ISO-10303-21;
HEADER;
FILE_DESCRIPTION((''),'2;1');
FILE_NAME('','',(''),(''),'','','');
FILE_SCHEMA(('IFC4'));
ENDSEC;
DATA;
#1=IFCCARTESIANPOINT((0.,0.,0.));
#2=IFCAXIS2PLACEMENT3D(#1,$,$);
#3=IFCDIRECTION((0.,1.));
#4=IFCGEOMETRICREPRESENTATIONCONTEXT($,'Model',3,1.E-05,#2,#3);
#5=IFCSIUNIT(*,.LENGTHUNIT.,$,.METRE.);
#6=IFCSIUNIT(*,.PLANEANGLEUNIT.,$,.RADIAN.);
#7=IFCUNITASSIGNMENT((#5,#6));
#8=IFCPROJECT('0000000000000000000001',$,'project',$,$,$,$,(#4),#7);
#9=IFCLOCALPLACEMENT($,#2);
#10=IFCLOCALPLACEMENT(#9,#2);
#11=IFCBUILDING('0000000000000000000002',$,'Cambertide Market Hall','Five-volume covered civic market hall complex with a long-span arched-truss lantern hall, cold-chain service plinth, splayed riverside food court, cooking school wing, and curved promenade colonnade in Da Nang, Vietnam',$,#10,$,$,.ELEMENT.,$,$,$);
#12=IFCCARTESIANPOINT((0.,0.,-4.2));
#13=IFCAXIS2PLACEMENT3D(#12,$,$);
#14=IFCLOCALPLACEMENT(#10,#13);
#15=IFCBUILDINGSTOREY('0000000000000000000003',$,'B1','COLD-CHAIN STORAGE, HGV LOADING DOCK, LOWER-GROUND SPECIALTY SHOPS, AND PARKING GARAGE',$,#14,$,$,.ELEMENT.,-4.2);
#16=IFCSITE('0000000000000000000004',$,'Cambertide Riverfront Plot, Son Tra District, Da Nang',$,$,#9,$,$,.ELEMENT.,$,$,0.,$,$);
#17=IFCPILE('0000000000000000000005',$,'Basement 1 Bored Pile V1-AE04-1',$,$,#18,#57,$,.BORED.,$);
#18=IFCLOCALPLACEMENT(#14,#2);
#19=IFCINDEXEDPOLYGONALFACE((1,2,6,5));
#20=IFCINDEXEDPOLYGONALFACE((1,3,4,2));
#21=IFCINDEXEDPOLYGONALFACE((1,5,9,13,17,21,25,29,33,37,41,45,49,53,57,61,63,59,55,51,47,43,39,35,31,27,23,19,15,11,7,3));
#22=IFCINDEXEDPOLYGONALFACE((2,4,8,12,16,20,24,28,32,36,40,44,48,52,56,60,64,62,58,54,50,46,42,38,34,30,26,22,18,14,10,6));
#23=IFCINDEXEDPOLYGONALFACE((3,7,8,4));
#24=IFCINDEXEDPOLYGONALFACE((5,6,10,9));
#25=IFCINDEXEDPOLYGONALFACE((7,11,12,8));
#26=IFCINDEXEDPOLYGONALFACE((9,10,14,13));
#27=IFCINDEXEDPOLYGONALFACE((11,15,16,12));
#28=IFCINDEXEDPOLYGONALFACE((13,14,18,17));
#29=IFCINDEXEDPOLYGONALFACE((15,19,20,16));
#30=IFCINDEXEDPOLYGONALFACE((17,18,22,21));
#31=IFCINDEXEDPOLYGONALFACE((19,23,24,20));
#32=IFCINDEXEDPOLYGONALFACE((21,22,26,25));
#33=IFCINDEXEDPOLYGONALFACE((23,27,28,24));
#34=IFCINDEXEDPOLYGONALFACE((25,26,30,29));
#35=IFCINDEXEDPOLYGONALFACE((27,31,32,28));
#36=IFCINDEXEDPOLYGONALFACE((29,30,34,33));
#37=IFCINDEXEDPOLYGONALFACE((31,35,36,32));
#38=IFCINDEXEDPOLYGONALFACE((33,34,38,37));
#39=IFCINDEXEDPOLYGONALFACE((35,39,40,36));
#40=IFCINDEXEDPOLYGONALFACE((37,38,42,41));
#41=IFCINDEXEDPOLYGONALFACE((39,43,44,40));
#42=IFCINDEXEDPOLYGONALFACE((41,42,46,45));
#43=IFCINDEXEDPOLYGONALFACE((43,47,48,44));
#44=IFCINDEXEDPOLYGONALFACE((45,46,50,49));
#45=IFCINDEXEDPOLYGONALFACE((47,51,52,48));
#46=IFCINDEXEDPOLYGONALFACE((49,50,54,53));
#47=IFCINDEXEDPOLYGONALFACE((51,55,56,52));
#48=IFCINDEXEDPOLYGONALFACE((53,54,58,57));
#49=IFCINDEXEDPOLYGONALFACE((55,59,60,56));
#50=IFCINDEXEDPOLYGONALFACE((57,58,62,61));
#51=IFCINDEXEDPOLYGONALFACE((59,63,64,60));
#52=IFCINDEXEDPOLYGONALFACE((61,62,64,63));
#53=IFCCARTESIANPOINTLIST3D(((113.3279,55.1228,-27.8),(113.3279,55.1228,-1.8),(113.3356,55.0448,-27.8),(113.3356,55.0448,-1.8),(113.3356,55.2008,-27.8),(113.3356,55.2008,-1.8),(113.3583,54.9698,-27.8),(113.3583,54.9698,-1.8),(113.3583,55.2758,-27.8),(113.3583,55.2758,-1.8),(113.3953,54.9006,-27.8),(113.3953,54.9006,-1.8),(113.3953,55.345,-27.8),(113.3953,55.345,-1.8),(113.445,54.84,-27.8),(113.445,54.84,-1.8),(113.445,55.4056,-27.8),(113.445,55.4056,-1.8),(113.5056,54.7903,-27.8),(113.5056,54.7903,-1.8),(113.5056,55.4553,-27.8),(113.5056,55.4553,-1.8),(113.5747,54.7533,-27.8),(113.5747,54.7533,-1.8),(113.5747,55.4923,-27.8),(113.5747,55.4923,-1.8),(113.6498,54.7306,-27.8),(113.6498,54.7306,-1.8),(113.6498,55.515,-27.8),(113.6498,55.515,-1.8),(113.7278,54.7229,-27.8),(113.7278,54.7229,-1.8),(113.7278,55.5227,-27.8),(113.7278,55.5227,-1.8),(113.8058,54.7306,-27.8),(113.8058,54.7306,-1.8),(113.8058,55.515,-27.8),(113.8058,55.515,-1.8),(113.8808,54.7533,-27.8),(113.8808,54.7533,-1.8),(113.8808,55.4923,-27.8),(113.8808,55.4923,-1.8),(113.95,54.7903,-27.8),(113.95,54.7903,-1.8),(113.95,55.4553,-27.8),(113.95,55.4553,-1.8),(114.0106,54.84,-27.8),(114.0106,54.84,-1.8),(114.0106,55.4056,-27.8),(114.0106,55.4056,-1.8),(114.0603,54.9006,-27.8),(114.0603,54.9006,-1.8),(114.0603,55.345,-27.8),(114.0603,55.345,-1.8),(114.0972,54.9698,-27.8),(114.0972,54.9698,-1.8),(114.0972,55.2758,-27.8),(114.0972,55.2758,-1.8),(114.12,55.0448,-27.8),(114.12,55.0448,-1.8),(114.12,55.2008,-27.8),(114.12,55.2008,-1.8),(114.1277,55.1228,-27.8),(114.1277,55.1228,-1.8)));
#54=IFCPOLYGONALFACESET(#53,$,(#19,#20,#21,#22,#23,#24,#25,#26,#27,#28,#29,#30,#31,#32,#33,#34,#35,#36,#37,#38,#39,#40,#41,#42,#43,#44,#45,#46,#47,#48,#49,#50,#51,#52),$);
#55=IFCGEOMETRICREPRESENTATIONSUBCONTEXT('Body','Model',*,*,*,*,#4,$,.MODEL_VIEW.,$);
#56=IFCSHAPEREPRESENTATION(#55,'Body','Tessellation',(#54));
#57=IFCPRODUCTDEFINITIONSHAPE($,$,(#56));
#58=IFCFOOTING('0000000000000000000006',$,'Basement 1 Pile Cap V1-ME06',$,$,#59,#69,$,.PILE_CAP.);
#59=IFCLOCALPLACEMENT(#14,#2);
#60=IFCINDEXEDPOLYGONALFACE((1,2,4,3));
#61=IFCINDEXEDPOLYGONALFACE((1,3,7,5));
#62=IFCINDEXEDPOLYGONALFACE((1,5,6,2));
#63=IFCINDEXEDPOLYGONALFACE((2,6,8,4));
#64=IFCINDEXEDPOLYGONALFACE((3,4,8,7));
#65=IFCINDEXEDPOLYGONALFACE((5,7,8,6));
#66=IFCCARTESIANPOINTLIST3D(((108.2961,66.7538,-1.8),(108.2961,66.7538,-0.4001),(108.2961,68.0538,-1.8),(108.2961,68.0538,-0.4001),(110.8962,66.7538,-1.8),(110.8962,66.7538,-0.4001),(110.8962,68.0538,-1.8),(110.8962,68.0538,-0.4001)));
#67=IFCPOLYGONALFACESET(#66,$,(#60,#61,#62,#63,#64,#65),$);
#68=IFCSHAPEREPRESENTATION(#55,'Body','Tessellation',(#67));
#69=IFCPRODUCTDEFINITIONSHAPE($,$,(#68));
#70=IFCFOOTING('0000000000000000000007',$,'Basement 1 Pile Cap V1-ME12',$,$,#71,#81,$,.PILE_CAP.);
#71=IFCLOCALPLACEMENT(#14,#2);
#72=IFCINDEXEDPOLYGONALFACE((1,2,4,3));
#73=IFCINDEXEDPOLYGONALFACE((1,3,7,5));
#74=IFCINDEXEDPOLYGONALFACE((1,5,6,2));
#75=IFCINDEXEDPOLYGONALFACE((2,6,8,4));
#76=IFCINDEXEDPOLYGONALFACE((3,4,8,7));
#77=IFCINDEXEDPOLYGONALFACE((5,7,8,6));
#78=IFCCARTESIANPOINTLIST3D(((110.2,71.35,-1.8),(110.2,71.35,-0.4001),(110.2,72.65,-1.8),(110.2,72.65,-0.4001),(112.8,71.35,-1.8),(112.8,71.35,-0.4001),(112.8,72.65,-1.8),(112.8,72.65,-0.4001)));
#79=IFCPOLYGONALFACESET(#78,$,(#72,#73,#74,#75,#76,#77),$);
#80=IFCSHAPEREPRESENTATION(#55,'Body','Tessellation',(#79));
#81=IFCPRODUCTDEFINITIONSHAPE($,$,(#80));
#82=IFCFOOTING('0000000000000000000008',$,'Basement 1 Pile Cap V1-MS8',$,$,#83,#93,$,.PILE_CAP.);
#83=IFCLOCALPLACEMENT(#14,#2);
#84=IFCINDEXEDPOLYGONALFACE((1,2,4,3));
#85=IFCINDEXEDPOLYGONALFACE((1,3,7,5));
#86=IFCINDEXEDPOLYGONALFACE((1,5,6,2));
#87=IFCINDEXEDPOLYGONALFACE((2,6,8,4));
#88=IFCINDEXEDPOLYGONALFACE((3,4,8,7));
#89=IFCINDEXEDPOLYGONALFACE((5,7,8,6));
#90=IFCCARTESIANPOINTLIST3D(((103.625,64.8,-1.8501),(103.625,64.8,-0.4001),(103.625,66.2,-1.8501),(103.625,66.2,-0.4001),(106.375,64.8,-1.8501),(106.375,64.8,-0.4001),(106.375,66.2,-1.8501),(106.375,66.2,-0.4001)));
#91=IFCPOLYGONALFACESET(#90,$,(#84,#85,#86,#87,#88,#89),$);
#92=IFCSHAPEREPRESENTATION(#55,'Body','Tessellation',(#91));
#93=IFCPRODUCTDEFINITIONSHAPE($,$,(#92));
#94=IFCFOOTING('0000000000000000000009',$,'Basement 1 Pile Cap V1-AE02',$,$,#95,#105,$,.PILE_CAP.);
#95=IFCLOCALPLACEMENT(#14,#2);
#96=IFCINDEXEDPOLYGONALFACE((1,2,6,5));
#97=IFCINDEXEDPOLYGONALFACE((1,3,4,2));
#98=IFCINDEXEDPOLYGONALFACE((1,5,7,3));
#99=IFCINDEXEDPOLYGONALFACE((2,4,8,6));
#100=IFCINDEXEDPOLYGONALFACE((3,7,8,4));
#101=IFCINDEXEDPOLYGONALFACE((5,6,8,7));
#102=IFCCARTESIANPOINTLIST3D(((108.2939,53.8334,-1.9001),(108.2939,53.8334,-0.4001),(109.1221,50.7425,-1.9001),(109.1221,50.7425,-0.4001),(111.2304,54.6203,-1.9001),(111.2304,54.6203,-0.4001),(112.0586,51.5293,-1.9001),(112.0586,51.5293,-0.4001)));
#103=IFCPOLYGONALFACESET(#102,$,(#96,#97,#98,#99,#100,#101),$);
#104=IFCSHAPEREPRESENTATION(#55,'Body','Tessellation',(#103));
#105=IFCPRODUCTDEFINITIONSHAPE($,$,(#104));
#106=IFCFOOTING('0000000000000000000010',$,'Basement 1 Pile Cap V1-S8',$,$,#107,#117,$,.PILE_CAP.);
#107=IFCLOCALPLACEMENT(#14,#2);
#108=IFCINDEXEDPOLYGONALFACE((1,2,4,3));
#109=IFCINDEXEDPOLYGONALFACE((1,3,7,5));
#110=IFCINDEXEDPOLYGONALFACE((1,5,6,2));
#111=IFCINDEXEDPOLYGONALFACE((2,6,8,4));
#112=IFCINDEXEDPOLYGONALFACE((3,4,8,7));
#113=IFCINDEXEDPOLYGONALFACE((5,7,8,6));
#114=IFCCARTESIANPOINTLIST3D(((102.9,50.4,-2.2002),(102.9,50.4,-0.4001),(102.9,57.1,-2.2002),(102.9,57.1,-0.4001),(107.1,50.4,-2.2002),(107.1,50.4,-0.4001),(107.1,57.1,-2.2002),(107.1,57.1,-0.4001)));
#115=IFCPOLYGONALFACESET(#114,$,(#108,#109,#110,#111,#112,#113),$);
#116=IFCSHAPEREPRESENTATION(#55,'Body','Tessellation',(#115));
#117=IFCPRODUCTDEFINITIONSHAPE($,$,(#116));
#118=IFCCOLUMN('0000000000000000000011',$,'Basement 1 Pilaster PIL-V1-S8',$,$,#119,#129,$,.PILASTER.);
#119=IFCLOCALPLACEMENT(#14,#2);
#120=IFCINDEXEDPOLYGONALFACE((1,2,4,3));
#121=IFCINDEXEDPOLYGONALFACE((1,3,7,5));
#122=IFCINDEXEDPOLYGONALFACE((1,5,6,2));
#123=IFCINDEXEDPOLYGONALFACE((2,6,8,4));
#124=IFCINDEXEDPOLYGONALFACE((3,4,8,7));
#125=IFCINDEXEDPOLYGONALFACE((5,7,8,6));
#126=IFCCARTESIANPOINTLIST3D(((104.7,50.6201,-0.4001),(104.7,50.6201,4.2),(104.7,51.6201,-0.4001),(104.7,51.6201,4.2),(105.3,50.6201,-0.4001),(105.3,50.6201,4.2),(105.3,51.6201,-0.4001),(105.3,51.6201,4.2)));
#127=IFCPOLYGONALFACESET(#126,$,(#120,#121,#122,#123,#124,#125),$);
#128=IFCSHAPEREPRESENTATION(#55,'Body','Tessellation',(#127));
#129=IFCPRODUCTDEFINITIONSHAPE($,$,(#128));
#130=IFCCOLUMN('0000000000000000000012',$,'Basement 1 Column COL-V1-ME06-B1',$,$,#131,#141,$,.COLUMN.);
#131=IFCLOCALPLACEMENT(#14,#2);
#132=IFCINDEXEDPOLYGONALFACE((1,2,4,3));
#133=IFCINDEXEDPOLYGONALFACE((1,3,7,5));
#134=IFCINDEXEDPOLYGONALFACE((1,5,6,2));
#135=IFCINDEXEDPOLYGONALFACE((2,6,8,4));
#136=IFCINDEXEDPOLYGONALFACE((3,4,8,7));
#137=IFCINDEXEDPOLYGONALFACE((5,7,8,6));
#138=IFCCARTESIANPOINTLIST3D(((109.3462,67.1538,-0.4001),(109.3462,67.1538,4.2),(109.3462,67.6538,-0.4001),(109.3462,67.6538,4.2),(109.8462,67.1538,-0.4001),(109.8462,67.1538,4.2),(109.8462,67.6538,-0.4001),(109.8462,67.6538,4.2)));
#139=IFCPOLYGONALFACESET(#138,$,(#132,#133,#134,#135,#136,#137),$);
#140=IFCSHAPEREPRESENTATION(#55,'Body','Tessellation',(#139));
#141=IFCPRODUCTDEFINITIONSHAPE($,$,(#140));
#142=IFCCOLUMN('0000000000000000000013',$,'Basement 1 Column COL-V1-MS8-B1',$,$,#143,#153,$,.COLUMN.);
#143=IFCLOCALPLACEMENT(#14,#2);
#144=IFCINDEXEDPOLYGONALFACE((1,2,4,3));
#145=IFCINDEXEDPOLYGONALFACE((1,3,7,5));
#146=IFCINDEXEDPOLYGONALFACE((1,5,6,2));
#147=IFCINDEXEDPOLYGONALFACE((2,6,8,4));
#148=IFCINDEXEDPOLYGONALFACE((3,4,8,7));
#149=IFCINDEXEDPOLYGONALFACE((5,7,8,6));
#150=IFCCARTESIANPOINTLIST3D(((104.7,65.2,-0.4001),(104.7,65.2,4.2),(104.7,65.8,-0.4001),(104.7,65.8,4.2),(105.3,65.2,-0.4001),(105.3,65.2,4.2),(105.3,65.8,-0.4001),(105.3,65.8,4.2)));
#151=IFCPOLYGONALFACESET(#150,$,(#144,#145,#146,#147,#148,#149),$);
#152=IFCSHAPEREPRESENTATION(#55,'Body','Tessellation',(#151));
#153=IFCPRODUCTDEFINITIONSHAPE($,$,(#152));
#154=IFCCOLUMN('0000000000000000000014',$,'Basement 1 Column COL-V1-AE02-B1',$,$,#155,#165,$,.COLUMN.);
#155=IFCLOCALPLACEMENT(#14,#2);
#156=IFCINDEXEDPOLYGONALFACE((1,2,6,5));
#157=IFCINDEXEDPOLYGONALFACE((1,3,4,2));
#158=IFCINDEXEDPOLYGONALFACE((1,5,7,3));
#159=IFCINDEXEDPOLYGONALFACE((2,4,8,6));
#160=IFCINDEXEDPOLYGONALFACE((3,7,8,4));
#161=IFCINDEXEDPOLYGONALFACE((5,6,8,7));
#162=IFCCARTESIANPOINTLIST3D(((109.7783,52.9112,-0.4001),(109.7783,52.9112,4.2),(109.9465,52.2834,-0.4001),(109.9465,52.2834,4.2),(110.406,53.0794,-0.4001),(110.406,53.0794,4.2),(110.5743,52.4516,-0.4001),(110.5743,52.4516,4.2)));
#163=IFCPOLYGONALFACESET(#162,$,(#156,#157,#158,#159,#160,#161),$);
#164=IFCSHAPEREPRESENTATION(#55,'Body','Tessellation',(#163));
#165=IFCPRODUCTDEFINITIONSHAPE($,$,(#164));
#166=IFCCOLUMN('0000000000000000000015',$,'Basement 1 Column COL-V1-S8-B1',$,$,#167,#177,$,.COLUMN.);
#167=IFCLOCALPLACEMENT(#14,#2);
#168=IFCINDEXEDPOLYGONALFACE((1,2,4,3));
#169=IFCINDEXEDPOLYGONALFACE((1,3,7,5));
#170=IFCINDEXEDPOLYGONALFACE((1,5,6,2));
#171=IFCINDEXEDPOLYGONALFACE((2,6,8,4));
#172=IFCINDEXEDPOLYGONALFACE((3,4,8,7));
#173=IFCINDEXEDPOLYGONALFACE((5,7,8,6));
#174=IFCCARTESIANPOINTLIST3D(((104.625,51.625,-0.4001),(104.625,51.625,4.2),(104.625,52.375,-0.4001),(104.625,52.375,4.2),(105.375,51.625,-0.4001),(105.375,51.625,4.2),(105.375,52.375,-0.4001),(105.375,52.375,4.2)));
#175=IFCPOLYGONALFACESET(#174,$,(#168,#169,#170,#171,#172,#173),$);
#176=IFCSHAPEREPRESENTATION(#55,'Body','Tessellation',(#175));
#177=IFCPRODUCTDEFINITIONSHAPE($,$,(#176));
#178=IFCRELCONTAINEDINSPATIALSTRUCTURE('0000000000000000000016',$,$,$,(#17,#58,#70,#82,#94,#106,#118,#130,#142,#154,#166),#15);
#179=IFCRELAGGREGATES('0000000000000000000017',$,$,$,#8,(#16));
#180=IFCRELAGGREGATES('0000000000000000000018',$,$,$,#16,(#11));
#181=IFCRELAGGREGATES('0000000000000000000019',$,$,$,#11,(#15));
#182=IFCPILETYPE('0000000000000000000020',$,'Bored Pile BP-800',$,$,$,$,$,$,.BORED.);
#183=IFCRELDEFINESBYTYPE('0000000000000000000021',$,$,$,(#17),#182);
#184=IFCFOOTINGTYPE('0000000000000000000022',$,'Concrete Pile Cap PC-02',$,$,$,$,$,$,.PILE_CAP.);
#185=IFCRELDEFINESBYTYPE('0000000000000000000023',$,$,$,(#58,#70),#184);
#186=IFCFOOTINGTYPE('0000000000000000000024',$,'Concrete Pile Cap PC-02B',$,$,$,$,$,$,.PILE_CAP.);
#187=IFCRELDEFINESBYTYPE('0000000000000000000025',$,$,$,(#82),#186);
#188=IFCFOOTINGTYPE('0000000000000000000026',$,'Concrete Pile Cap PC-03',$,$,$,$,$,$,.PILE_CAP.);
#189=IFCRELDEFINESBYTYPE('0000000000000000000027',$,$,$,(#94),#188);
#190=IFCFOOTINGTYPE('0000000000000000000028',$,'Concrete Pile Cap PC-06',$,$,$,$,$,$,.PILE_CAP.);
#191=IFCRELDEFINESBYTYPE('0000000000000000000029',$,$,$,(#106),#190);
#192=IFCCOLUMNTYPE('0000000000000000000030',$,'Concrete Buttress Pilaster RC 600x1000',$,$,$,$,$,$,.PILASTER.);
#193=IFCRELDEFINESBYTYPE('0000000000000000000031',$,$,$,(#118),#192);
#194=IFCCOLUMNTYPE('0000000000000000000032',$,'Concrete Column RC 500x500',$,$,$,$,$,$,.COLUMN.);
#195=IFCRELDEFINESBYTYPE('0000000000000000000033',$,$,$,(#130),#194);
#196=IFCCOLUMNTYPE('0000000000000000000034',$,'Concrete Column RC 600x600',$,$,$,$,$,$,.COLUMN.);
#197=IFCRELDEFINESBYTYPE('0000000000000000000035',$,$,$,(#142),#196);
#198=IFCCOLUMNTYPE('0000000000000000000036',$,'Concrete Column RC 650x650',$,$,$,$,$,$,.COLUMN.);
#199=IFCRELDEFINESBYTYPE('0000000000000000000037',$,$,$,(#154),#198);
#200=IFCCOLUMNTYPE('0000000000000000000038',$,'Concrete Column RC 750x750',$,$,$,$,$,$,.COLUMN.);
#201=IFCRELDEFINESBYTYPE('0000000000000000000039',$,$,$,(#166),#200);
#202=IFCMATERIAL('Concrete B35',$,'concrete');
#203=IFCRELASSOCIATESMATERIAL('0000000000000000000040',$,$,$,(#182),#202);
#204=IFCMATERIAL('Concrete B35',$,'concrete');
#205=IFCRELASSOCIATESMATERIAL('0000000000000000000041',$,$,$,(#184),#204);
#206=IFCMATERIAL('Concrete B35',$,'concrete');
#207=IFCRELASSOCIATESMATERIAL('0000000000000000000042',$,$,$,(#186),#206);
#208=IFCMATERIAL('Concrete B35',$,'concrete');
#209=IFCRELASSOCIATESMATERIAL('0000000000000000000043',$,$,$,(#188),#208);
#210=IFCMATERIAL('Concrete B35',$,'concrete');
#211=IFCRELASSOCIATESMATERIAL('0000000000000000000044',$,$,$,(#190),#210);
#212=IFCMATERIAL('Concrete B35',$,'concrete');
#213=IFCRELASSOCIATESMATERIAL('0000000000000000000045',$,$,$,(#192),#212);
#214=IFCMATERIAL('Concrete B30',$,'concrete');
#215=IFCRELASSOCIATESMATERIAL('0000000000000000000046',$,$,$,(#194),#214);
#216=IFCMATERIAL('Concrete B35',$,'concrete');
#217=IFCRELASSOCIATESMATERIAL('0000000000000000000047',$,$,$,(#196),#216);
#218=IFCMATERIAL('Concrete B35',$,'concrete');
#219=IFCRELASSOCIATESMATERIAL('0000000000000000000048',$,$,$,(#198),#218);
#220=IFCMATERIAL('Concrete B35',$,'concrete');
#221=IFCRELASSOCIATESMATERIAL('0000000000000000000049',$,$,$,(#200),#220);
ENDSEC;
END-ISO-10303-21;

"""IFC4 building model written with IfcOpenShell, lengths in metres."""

from ifc_helpers import new_model, si_unit, direction, frame, origin, origin_2d, place, context, subcontext, project, spatial, rectangle, circle, extrude, material, material_profile, profile_set, type_object, element, save


model = new_model("IFC4")

# Units and contexts
model_context = context("Model", 3, precision=1e-05, world=origin(), true_north=direction((0.0, 1.0)))
body_context = subcontext(model_context, "Body", "Model", "MODEL_VIEW")
ifc_project = project(units=[si_unit("LENGTHUNIT", "METRE"), si_unit("PLANEANGLEUNIT", "RADIAN")], contexts=[model_context])

# Site, building, storey
site_placement = place(None, origin())
site = spatial("IfcSite", under=ifc_project, at=site_placement, Name="Cambertide Riverfront Plot, Son Tra District, Da Nang", CompositionType="ELEMENT", RefElevation=0.0)
building_placement = place(site_placement, origin())
building = spatial("IfcBuilding", under=site, at=building_placement, Name="Cambertide Market Hall", Description="Five-volume covered civic market hall complex with a long-span arched-truss lantern hall, cold-chain service plinth, splayed riverside food court, cooking school wing, and curved promenade colonnade in Da Nang, Vietnam", CompositionType="ELEMENT")
storey_placement = place(building_placement, frame((0.0, 0.0, -4.2)))
storey = spatial("IfcBuildingStorey", under=building, at=storey_placement, Name="B1", Description="COLD-CHAIN STORAGE, HGV LOADING DOCK, LOWER-GROUND SPECIALTY SHOPS, AND PARKING GARAGE", CompositionType="ELEMENT", Elevation=-4.2)

# Pile
ifc_material_1 = material(Name="Concrete B35", Category="concrete")
ifc_material_profile_1 = material_profile(ifc_material_1, circle(Radius=0.3999, at=origin_2d()), Name="BP D800")
ifc_profile_set_1 = profile_set([ifc_material_profile_1], Name="Concrete B35")
pile_type_1 = type_object("IfcPileType", Name="Bored Pile BP-800", PredefinedType="BORED", material=ifc_profile_set_1)
for number, where, z_axis, x_axis, name in (
    (1, (113.7278, 55.1228, -1.8), (0.0, 0.0, -1.0), (1.0, 0.0, 0.0), "Basement 1 Bored Pile V1-AE04-1"),
):
    element("IfcPile", number, at=place(storey_placement, frame(where, z_axis=z_axis, x_axis=x_axis)), inside=storey, type_object=pile_type_1, Name=name, PredefinedType="BORED", context=body_context, shape_type="SweptSolid", body=[
        extrude(circle(Radius=0.3999, at=origin_2d()), origin(), (0.0, 0.0, 1.0), 26.0),
    ])

# Footings
ifc_material_2 = material(Name="Concrete B35", Category="concrete")
footing_type_1 = type_object("IfcFootingType", Name="Concrete Pile Cap PC-02", PredefinedType="PILE_CAP", material=ifc_material_2)
for number, where, z_axis, x_axis, name in (
    (2, (109.5962, 67.4038, -1.8), (0.0, 0.0, 1.0), (1.0, 0.0, 0.0), "Basement 1 Pile Cap V1-ME06"),
    (3, (111.5, 72.0, -1.8), (0.0, 0.0, 1.0), (1.0, 0.0, 0.0), "Basement 1 Pile Cap V1-ME12"),
):
    element("IfcFooting", number, at=place(storey_placement, frame(where, z_axis=z_axis, x_axis=x_axis)), inside=storey, type_object=footing_type_1, Name=name, PredefinedType="PILE_CAP", context=body_context, shape_type="SweptSolid", body=[
        extrude(rectangle(XDim=2.6001, YDim=1.3, at=origin_2d()), origin(), (0.0, 0.0, 1.0), 1.3999),
    ])
ifc_material_3 = material(Name="Concrete B35", Category="concrete")
footing_type_2 = type_object("IfcFootingType", Name="Concrete Pile Cap PC-02B", PredefinedType="PILE_CAP", material=ifc_material_3)
footing_1_placement = place(storey_placement, frame((105.0, 65.5, -1.8501), z_axis=(0.0, 0.0, 1.0), x_axis=(1.0, 0.0, 0.0)))
element("IfcFooting", 4, at=footing_1_placement, inside=storey, type_object=footing_type_2, Name="Basement 1 Pile Cap V1-MS8", PredefinedType="PILE_CAP", context=body_context, shape_type="SweptSolid", body=[
    extrude(rectangle(XDim=2.75, YDim=1.3999, at=origin_2d()), origin(), (0.0, 0.0, 1.0), 1.45),
])
ifc_material_4 = material(Name="Concrete B35", Category="concrete")
footing_type_3 = type_object("IfcFootingType", Name="Concrete Pile Cap PC-03", PredefinedType="PILE_CAP", material=ifc_material_4)
footing_2_placement = place(storey_placement, frame((110.1763, 52.6814, -1.9001), z_axis=(0.0, 0.0, 1.0), x_axis=(0.258819, -0.965926, 0.0)))
element("IfcFooting", 5, at=footing_2_placement, inside=storey, type_object=footing_type_3, Name="Basement 1 Pile Cap V1-AE02", PredefinedType="PILE_CAP", context=body_context, shape_type="SweptSolid", body=[
    extrude(rectangle(XDim=3.2, YDim=3.04, at=origin_2d()), origin(), (0.0, 0.0, 1.0), 1.5),
])
ifc_material_5 = material(Name="Concrete B35", Category="concrete")
footing_type_4 = type_object("IfcFootingType", Name="Concrete Pile Cap PC-06", PredefinedType="PILE_CAP", material=ifc_material_5)
footing_3_placement = place(storey_placement, frame((105.0, 53.75, -2.2002), z_axis=(0.0, 0.0, 1.0), x_axis=(1.0, 0.0, 0.0)))
element("IfcFooting", 6, at=footing_3_placement, inside=storey, type_object=footing_type_4, Name="Basement 1 Pile Cap V1-S8", PredefinedType="PILE_CAP", context=body_context, shape_type="SweptSolid", body=[
    extrude(rectangle(XDim=4.2, YDim=6.7, at=origin_2d()), origin(), (0.0, 0.0, 1.0), 1.8),
])

# Columns
ifc_material_6 = material(Name="Concrete B35", Category="concrete")
ifc_material_profile_2 = material_profile(ifc_material_6, rectangle(XDim=0.6001, YDim=1.0, at=origin_2d()), Name="RC 600x1000")
ifc_profile_set_2 = profile_set([ifc_material_profile_2], Name="Concrete B35")
column_type_1 = type_object("IfcColumnType", Name="Concrete Buttress Pilaster RC 600x1000", PredefinedType="PILASTER", material=ifc_profile_set_2)
column_1_placement = place(storey_placement, frame((105.0, 51.1201, -0.4001), z_axis=(0.0, 0.0, 1.0), x_axis=(1.0, 0.0, 0.0)))
element("IfcColumn", 7, at=column_1_placement, inside=storey, type_object=column_type_1, Name="Basement 1 Pilaster PIL-V1-S8", PredefinedType="PILASTER", context=body_context, shape_type="SweptSolid", body=[
    extrude(rectangle(XDim=0.6001, YDim=1.0, at=origin_2d()), origin(), (0.0, 0.0, 1.0), 4.6001),
])
ifc_material_7 = material(Name="Concrete B30", Category="concrete")
ifc_material_profile_3 = material_profile(ifc_material_7, rectangle(XDim=0.5, YDim=0.5, at=origin_2d()), Name="RC 500x500")
ifc_profile_set_3 = profile_set([ifc_material_profile_3], Name="Concrete B30")
column_type_2 = type_object("IfcColumnType", Name="Concrete Column RC 500x500", PredefinedType="COLUMN", material=ifc_profile_set_3)
column_2_placement = place(storey_placement, frame((109.5962, 67.4038, -0.4001), z_axis=(0.0, 0.0, 1.0), x_axis=(1.0, 0.0, 0.0)))
element("IfcColumn", 8, at=column_2_placement, inside=storey, type_object=column_type_2, Name="Basement 1 Column COL-V1-ME06-B1", PredefinedType="COLUMN", context=body_context, shape_type="SweptSolid", body=[
    extrude(rectangle(XDim=0.5, YDim=0.5, at=origin_2d()), origin(), (0.0, 0.0, 1.0), 4.6001),
])
ifc_material_8 = material(Name="Concrete B35", Category="concrete")
ifc_material_profile_4 = material_profile(ifc_material_8, rectangle(XDim=0.6001, YDim=0.6001, at=origin_2d()), Name="RC 600x600")
ifc_profile_set_4 = profile_set([ifc_material_profile_4], Name="Concrete B35")
column_type_3 = type_object("IfcColumnType", Name="Concrete Column RC 600x600", PredefinedType="COLUMN", material=ifc_profile_set_4)
column_3_placement = place(storey_placement, frame((105.0, 65.5, -0.4001), z_axis=(0.0, 0.0, 1.0), x_axis=(1.0, 0.0, 0.0)))
element("IfcColumn", 9, at=column_3_placement, inside=storey, type_object=column_type_3, Name="Basement 1 Column COL-V1-MS8-B1", PredefinedType="COLUMN", context=body_context, shape_type="SweptSolid", body=[
    extrude(rectangle(XDim=0.6001, YDim=0.6001, at=origin_2d()), origin(), (0.0, 0.0, 1.0), 4.6001),
])
ifc_material_9 = material(Name="Concrete B35", Category="concrete")
ifc_material_profile_5 = material_profile(ifc_material_9, rectangle(XDim=0.6499, YDim=0.6499, at=origin_2d()), Name="RC 650x650")
ifc_profile_set_5 = profile_set([ifc_material_profile_5], Name="Concrete B35")
column_type_4 = type_object("IfcColumnType", Name="Concrete Column RC 650x650", PredefinedType="COLUMN", material=ifc_profile_set_5)
column_4_placement = place(storey_placement, frame((110.1763, 52.6814, -0.4001), z_axis=(0.0, 0.0, 1.0), x_axis=(0.258819, -0.965926, 0.0)))
element("IfcColumn", 10, at=column_4_placement, inside=storey, type_object=column_type_4, Name="Basement 1 Column COL-V1-AE02-B1", PredefinedType="COLUMN", context=body_context, shape_type="SweptSolid", body=[
    extrude(rectangle(XDim=0.6499, YDim=0.6499, at=origin_2d()), origin(), (0.0, 0.0, 1.0), 4.6001),
])
ifc_material_10 = material(Name="Concrete B35", Category="concrete")
ifc_material_profile_6 = material_profile(ifc_material_10, rectangle(XDim=0.75, YDim=0.75, at=origin_2d()), Name="RC 750x750")
ifc_profile_set_6 = profile_set([ifc_material_profile_6], Name="Concrete B35")
column_type_5 = type_object("IfcColumnType", Name="Concrete Column RC 750x750", PredefinedType="COLUMN", material=ifc_profile_set_6)
column_5_placement = place(storey_placement, frame((105.0, 52.0, -0.4001), z_axis=(0.0, 0.0, 1.0), x_axis=(0.0, 1.0, 0.0)))
element("IfcColumn", 11, at=column_5_placement, inside=storey, type_object=column_type_5, Name="Basement 1 Column COL-V1-S8-B1", PredefinedType="COLUMN", context=body_context, shape_type="SweptSolid", body=[
    extrude(rectangle(XDim=0.75, YDim=0.75, at=origin_2d()), origin(), (0.0, 0.0, 1.0), 4.6001),
])

save(model, "model.ifc")
